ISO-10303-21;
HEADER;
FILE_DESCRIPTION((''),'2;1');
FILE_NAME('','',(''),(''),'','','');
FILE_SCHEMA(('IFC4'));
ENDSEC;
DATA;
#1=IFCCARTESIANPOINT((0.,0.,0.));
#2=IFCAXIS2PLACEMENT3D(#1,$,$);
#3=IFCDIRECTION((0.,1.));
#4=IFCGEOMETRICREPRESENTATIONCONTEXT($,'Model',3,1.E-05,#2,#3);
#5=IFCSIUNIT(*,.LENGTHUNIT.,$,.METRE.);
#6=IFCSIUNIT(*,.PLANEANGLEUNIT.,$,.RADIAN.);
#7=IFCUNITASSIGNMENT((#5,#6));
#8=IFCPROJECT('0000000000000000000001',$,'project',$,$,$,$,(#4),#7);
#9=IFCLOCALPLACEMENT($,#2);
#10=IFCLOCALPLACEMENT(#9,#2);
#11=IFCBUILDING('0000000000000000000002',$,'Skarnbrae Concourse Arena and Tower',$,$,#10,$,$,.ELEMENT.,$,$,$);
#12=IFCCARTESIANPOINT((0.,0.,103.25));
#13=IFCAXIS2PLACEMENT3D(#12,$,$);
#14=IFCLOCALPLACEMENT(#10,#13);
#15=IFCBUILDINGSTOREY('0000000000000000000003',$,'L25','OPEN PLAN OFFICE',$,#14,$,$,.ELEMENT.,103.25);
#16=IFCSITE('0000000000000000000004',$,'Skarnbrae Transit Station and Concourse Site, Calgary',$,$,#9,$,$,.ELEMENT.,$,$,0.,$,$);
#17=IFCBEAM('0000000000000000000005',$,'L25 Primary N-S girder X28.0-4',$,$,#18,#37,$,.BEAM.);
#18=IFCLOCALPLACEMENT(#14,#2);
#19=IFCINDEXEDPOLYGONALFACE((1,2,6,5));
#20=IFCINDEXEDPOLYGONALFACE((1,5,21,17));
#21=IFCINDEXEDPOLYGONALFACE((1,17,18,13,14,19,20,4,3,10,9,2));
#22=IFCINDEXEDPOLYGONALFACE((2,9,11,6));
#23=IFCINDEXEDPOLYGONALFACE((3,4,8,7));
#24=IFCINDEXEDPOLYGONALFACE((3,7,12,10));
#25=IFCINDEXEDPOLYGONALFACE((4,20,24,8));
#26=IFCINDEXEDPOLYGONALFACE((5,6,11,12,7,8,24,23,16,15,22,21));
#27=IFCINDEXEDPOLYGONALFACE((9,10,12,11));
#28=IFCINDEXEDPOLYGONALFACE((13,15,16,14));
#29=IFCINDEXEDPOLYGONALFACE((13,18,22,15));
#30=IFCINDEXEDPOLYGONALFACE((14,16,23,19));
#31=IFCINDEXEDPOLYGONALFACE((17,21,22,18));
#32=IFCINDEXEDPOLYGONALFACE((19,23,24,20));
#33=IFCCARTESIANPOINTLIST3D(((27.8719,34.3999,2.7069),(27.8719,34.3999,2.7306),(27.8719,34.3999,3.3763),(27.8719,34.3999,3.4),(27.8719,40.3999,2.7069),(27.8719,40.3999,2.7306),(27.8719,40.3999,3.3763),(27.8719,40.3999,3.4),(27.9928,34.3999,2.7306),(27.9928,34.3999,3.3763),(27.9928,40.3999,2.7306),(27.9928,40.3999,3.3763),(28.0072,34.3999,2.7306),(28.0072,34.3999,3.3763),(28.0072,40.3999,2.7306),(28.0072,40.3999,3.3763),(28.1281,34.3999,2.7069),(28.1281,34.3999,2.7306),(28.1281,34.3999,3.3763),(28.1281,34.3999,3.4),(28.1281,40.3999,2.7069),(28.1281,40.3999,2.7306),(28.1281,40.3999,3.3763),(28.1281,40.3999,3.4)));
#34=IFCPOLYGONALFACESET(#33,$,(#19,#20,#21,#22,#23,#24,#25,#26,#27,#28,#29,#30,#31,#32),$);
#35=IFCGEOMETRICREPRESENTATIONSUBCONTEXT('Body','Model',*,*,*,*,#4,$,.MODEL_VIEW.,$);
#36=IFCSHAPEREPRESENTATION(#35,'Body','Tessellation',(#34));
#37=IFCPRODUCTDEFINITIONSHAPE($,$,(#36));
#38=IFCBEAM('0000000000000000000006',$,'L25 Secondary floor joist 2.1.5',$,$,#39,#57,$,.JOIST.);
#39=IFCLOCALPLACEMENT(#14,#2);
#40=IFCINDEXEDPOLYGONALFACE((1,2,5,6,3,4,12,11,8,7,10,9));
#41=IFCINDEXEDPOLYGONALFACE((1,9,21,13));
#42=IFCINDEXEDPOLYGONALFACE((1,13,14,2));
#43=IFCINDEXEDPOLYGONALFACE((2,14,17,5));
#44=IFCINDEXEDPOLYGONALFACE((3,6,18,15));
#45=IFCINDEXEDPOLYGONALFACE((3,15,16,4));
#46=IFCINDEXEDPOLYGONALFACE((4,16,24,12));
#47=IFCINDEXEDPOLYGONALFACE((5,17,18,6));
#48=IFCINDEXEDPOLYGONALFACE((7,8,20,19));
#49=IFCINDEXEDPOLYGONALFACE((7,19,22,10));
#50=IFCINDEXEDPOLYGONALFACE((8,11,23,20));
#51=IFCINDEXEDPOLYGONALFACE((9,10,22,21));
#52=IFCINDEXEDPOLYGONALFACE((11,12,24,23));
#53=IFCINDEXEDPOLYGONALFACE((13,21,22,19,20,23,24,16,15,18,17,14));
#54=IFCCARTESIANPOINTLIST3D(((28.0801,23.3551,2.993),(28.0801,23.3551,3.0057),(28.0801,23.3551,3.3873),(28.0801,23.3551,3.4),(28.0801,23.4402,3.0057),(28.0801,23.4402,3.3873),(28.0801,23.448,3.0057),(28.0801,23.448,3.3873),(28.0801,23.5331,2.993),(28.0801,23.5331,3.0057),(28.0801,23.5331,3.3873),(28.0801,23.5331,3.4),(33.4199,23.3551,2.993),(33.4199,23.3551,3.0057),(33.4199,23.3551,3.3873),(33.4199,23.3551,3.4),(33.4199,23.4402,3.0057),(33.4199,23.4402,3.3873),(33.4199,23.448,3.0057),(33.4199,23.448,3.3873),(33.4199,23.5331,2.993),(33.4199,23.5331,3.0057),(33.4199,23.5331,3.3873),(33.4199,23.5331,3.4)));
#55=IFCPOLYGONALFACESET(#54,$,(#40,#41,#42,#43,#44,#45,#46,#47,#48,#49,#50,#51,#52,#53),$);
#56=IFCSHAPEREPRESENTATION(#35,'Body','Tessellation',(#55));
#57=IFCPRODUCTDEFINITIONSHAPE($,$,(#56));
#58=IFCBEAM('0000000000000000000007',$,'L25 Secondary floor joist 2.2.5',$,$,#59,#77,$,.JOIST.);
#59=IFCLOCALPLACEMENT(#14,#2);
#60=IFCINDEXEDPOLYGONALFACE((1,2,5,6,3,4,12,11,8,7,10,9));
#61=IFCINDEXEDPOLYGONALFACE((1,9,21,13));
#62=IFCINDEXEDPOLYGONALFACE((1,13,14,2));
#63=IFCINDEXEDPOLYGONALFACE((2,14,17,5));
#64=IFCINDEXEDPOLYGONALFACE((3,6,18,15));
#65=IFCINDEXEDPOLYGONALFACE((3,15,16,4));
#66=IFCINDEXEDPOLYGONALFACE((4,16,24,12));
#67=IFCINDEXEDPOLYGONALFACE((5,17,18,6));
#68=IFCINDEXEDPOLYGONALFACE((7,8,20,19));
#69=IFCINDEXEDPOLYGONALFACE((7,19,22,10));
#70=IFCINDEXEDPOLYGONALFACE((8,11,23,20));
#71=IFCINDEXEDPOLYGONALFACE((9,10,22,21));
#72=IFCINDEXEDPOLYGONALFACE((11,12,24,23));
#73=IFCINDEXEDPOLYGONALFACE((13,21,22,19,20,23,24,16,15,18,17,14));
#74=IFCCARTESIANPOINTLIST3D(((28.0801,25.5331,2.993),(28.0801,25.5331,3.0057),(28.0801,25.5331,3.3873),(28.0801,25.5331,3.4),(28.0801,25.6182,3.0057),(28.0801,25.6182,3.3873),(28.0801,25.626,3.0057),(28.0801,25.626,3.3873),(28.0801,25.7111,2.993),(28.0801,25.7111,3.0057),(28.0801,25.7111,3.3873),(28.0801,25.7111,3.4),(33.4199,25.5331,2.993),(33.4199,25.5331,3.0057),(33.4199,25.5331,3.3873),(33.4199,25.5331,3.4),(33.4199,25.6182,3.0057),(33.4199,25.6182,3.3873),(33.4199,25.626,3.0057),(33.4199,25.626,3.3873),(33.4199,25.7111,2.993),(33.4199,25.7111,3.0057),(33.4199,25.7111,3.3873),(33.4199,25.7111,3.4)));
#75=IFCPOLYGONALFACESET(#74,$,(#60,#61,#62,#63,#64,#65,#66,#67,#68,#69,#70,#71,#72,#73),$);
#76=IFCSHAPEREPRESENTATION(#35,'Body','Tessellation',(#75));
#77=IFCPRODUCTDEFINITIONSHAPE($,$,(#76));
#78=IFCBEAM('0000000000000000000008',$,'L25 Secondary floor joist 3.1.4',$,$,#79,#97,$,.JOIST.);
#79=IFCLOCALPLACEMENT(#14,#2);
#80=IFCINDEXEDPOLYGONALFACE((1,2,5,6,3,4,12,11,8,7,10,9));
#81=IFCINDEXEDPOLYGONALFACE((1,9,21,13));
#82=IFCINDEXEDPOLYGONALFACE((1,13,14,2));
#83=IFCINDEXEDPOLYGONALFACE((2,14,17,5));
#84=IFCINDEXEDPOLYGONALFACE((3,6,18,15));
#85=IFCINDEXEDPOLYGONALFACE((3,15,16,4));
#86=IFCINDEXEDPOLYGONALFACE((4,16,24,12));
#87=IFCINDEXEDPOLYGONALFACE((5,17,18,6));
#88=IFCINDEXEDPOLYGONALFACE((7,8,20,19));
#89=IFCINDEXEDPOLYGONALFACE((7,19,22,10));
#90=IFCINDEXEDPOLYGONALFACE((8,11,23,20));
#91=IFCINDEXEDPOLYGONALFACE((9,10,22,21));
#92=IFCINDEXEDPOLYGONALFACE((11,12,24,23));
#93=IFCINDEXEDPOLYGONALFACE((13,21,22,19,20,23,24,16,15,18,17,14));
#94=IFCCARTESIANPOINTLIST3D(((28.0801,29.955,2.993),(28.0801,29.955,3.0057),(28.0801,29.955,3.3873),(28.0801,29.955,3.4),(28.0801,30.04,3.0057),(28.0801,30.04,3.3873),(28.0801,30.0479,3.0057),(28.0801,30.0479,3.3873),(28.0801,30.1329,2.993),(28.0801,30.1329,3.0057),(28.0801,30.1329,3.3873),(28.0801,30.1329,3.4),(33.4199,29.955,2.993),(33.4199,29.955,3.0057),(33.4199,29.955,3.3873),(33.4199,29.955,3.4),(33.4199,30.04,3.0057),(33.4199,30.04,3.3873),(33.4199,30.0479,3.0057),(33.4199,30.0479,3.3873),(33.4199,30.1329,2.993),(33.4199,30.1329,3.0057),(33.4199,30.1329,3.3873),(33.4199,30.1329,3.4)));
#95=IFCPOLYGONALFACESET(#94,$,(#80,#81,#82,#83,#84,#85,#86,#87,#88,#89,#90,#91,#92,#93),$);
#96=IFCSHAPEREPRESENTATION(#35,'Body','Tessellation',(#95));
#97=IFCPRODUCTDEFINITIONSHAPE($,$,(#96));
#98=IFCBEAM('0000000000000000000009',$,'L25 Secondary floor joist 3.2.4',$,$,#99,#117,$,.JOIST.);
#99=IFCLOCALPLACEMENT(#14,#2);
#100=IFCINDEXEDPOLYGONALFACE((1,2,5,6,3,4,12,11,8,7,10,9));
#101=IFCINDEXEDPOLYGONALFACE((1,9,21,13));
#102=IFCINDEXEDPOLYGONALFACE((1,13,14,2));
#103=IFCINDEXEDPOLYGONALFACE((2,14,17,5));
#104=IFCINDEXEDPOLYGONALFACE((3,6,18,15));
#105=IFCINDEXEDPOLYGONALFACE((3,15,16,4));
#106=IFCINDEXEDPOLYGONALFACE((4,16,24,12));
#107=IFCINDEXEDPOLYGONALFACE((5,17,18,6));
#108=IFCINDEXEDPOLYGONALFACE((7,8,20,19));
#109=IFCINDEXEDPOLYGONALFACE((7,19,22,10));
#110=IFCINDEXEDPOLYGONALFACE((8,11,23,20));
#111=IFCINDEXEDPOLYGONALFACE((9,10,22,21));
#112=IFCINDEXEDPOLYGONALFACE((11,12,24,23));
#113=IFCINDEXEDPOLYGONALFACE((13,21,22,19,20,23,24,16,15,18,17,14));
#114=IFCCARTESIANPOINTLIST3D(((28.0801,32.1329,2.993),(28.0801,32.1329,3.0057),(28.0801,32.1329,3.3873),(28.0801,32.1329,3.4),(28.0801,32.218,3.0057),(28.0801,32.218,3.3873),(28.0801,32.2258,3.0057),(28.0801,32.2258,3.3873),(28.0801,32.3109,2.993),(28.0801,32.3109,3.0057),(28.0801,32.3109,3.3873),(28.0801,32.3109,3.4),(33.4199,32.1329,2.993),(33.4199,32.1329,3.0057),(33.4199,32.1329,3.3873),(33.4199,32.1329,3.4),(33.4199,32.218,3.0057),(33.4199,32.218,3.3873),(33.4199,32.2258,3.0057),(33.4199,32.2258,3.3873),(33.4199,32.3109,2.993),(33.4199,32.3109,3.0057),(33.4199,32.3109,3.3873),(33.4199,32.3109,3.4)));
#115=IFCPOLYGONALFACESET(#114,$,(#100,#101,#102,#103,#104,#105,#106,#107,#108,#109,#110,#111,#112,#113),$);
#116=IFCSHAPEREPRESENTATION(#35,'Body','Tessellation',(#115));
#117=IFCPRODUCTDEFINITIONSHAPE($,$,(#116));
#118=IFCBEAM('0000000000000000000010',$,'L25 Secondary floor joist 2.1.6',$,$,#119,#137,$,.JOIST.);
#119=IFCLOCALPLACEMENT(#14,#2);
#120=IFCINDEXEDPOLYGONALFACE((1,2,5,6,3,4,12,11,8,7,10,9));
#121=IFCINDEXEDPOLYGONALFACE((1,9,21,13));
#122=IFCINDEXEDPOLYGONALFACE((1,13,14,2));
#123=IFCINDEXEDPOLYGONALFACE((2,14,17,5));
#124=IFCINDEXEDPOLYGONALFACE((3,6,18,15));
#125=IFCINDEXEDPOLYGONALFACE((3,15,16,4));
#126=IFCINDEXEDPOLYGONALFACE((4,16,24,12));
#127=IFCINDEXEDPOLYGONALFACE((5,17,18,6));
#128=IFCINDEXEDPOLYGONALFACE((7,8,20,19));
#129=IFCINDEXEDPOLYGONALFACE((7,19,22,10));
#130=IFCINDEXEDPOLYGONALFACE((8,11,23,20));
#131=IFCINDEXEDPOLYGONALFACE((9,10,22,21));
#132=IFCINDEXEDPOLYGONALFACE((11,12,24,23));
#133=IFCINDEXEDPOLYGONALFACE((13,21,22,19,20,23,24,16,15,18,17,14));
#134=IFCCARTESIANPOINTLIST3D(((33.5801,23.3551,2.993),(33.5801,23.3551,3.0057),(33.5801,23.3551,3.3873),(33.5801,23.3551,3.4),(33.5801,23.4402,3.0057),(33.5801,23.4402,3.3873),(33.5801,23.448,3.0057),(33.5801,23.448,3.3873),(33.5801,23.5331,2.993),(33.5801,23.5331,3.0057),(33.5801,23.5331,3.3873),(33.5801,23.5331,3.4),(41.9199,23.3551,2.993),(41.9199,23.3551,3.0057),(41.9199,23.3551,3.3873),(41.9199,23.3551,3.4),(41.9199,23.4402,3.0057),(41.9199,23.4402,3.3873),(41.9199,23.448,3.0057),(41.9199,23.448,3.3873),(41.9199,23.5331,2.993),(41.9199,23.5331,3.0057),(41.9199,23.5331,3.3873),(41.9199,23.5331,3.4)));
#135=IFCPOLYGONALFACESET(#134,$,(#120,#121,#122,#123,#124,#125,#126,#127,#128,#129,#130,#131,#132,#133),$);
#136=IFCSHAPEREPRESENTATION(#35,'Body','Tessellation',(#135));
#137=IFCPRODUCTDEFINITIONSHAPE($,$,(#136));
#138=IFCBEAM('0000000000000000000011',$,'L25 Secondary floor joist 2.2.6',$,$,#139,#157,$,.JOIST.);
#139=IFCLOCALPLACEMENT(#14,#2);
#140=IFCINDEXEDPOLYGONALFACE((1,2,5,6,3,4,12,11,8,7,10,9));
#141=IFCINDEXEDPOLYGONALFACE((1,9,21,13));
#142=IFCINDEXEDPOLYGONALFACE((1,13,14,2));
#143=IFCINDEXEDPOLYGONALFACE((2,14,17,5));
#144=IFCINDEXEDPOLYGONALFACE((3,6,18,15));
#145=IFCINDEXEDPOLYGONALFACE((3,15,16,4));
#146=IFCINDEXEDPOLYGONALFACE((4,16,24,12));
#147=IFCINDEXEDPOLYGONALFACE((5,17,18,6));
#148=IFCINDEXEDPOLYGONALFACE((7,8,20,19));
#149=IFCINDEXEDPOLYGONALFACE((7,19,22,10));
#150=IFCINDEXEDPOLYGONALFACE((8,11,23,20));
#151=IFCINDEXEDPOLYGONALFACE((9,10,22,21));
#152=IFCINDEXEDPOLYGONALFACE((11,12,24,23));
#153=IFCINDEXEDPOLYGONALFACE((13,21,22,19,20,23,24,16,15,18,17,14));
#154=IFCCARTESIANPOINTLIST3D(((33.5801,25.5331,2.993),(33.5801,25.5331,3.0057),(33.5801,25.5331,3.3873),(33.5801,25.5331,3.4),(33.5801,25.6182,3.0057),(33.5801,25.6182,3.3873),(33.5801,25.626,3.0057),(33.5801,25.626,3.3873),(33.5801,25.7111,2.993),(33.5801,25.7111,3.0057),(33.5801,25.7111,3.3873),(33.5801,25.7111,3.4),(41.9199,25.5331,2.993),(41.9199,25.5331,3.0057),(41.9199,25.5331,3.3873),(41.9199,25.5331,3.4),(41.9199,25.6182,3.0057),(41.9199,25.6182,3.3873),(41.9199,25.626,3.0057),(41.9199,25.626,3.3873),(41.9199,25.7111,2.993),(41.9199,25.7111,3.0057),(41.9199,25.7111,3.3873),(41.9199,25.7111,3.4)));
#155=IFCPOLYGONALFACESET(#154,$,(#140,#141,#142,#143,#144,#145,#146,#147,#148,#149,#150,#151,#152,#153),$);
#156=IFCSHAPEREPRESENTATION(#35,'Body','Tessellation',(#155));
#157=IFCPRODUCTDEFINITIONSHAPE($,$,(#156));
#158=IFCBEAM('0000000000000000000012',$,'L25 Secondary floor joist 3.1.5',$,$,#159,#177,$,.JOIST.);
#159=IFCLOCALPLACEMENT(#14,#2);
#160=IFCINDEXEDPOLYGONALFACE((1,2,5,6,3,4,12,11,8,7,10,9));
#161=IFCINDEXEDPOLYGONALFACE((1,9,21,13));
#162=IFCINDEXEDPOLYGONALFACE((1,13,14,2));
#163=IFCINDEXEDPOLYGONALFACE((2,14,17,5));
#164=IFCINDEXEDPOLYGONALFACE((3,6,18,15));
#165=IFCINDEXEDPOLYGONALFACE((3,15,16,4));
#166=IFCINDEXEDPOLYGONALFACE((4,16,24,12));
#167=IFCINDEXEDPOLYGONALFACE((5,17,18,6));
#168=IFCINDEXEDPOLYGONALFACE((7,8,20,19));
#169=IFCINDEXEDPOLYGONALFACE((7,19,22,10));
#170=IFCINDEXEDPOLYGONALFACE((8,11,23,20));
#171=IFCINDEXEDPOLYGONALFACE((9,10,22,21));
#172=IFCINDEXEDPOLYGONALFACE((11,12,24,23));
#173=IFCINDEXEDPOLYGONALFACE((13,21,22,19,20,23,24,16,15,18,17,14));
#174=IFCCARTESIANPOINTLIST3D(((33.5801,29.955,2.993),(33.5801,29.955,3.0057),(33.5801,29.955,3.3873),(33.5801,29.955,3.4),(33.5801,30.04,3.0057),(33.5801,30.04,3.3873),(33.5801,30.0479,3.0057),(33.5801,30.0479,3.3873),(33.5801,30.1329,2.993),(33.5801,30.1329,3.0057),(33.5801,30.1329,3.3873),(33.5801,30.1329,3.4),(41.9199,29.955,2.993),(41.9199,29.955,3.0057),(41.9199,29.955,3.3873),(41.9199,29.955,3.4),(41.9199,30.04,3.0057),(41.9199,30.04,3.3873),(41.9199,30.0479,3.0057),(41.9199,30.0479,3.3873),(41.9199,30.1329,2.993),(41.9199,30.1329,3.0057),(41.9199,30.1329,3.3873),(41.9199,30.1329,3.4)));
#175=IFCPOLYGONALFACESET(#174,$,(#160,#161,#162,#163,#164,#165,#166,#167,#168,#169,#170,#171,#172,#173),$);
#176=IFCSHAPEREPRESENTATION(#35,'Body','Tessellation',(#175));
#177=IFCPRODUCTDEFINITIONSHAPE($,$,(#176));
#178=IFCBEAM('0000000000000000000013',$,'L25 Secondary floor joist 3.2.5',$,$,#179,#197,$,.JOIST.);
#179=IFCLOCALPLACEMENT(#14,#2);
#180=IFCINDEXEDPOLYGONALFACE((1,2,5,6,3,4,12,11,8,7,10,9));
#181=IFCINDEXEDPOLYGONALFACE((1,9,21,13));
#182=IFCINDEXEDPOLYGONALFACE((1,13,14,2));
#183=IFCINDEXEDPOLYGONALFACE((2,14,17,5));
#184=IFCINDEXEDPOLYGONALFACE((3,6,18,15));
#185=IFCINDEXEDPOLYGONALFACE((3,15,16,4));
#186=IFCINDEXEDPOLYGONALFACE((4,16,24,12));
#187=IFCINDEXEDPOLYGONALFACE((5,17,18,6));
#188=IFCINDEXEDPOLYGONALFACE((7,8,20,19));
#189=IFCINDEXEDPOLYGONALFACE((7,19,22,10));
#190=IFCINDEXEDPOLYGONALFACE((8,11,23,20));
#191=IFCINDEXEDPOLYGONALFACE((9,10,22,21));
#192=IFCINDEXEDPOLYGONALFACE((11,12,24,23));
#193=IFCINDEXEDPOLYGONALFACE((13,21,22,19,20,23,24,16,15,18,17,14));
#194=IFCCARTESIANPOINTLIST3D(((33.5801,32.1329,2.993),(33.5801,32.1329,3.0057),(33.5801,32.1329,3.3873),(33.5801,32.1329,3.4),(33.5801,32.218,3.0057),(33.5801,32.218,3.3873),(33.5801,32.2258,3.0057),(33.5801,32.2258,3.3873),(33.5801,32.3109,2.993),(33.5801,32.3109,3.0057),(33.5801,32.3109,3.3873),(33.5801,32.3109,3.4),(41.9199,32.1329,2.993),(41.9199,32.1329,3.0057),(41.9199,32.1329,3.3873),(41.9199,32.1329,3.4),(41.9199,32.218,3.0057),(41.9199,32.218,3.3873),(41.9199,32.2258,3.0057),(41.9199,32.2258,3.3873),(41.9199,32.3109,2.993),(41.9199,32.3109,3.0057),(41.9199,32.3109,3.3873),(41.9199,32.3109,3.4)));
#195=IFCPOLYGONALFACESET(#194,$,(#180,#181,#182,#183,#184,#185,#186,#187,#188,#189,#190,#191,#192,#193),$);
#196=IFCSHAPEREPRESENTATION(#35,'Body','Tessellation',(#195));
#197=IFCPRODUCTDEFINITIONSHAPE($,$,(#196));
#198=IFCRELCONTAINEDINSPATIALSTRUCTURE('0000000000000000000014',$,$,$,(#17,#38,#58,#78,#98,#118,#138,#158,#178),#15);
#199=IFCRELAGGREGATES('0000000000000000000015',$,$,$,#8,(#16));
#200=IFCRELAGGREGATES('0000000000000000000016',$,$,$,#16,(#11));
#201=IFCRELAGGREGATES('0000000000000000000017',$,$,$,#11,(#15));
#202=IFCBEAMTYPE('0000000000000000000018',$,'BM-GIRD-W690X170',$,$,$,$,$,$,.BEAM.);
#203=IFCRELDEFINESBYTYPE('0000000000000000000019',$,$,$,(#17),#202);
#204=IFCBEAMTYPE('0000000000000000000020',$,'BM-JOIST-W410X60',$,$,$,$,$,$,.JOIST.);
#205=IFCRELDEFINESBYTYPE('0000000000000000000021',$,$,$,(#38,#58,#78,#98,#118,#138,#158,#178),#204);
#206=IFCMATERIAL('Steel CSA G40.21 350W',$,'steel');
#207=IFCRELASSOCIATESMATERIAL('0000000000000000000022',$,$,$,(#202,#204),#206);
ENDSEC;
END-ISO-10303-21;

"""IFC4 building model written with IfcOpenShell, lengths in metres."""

from ifc_helpers import new_model, si_unit, direction, frame, origin, origin_2d, place, context, subcontext, project, spatial, i_section, extrude, source, transform, mapped, material, material_profile, profile_set, type_object, element, save


model = new_model("IFC4")

# Units and contexts
model_context = context("Model", 3, precision=1e-05, world=origin(), true_north=direction((0.0, 1.0)))
body_context = subcontext(model_context, "Body", "Model", "MODEL_VIEW")
ifc_project = project(units=[si_unit("LENGTHUNIT", "METRE"), si_unit("PLANEANGLEUNIT", "RADIAN")], contexts=[model_context])

# Site, building, storey
site_placement = place(None, origin())
site = spatial("IfcSite", under=ifc_project, at=site_placement, Name="Skarnbrae Transit Station and Concourse Site, Calgary", CompositionType="ELEMENT", RefElevation=0.0)
building_placement = place(site_placement, origin())
building = spatial("IfcBuilding", under=site, at=building_placement, Name="Skarnbrae Concourse Arena and Tower", CompositionType="ELEMENT")
storey_placement = place(building_placement, frame((0.0, 0.0, 103.25)))
storey = spatial("IfcBuildingStorey", under=building, at=storey_placement, Name="L25", Description="OPEN PLAN OFFICE", CompositionType="ELEMENT", Elevation=103.25)

# Shared definitions
ifc_material_1 = material(Name="Steel CSA G40.21 350W", Category="steel")

# Beams
ifc_material_profile_1 = material_profile(ifc_material_1, i_section(OverallWidth=0.2561, OverallDepth=0.6931, WebThickness=0.0144, FlangeThickness=0.0237, at=origin_2d()), Name="W690X170")
ifc_profile_set_1 = profile_set([ifc_material_profile_1], Name="Steel CSA G40.21 350W")
beam_type_1 = type_object("IfcBeamType", Name="BM-GIRD-W690X170", PredefinedType="BEAM", material=ifc_profile_set_1)
shared_shape_1 = source(origin(), body_context, "Body", "SweptSolid", [
    extrude(i_section(OverallWidth=0.2561, OverallDepth=0.6931, WebThickness=0.0144, FlangeThickness=0.0237, at=origin_2d()), origin(), (0.0, 0.0, 1.0), 6.0),
])
beam_1_placement = place(storey_placement, frame((28.0, 34.3999, 3.0535), z_axis=(0.0, 1.0, 0.0), x_axis=(-1.0, 0.0, 0.0)))
element("IfcBeam", 1, at=beam_1_placement, inside=storey, type_object=beam_type_1, Name="L25 Primary N-S girder X28.0-4", PredefinedType="BEAM", context=body_context, shape_type="MappedRepresentation", body=[
    mapped(shared_shape_1, transform((0.0, 0.0, 0.0))),
])
ifc_material_profile_2 = material_profile(ifc_material_1, i_section(OverallWidth=0.178, OverallDepth=0.407, WebThickness=0.0078, FlangeThickness=0.0127, at=origin_2d()), Name="W410X60")
ifc_profile_set_2 = profile_set([ifc_material_profile_2], Name="Steel CSA G40.21 350W")
beam_type_2 = type_object("IfcBeamType", Name="BM-JOIST-W410X60", PredefinedType="JOIST", material=ifc_profile_set_2)
shared_shape_2 = source(origin(), body_context, "Body", "SweptSolid", [
    extrude(i_section(OverallWidth=0.178, OverallDepth=0.407, WebThickness=0.0078, FlangeThickness=0.0127, at=origin_2d()), origin(), (0.0, 0.0, 1.0), 5.3398),
])
for number, where, z_axis, x_axis, name in (
    (2, (28.0801, 23.4441, 3.1965), (1.0, 0.0, 0.0), (0.0, 1.0, 0.0), "L25 Secondary floor joist 2.1.5"),
    (3, (28.0801, 25.6221, 3.1965), (1.0, 0.0, 0.0), (0.0, 1.0, 0.0), "L25 Secondary floor joist 2.2.5"),
    (4, (28.0801, 30.0439, 3.1965), (1.0, 0.0, 0.0), (0.0, 1.0, 0.0), "L25 Secondary floor joist 3.1.4"),
    (5, (28.0801, 32.2219, 3.1965), (1.0, 0.0, 0.0), (0.0, 1.0, 0.0), "L25 Secondary floor joist 3.2.4"),
):
    element("IfcBeam", number, at=place(storey_placement, frame(where, z_axis=z_axis, x_axis=x_axis)), inside=storey, type_object=beam_type_2, Name=name, PredefinedType="JOIST", context=body_context, shape_type="MappedRepresentation", body=[
        mapped(shared_shape_2, transform((0.0, 0.0, 0.0))),
    ])
shared_shape_3 = source(origin(), body_context, "Body", "SweptSolid", [
    extrude(i_section(OverallWidth=0.178, OverallDepth=0.407, WebThickness=0.0078, FlangeThickness=0.0127, at=origin_2d()), origin(), (0.0, 0.0, 1.0), 8.3398),
])
for number, where, z_axis, x_axis, name in (
    (6, (33.5801, 23.4441, 3.1965), (1.0, 0.0, 0.0), (0.0, 1.0, 0.0), "L25 Secondary floor joist 2.1.6"),
    (7, (33.5801, 25.6221, 3.1965), (1.0, 0.0, 0.0), (0.0, 1.0, 0.0), "L25 Secondary floor joist 2.2.6"),
    (8, (33.5801, 30.0439, 3.1965), (1.0, 0.0, 0.0), (0.0, 1.0, 0.0), "L25 Secondary floor joist 3.1.5"),
    (9, (33.5801, 32.2219, 3.1965), (1.0, 0.0, 0.0), (0.0, 1.0, 0.0), "L25 Secondary floor joist 3.2.5"),
):
    element("IfcBeam", number, at=place(storey_placement, frame(where, z_axis=z_axis, x_axis=x_axis)), inside=storey, type_object=beam_type_2, Name=name, PredefinedType="JOIST", context=body_context, shape_type="MappedRepresentation", body=[
        mapped(shared_shape_3, transform((0.0, 0.0, 0.0))),
    ])

save(model, "model.ifc")
